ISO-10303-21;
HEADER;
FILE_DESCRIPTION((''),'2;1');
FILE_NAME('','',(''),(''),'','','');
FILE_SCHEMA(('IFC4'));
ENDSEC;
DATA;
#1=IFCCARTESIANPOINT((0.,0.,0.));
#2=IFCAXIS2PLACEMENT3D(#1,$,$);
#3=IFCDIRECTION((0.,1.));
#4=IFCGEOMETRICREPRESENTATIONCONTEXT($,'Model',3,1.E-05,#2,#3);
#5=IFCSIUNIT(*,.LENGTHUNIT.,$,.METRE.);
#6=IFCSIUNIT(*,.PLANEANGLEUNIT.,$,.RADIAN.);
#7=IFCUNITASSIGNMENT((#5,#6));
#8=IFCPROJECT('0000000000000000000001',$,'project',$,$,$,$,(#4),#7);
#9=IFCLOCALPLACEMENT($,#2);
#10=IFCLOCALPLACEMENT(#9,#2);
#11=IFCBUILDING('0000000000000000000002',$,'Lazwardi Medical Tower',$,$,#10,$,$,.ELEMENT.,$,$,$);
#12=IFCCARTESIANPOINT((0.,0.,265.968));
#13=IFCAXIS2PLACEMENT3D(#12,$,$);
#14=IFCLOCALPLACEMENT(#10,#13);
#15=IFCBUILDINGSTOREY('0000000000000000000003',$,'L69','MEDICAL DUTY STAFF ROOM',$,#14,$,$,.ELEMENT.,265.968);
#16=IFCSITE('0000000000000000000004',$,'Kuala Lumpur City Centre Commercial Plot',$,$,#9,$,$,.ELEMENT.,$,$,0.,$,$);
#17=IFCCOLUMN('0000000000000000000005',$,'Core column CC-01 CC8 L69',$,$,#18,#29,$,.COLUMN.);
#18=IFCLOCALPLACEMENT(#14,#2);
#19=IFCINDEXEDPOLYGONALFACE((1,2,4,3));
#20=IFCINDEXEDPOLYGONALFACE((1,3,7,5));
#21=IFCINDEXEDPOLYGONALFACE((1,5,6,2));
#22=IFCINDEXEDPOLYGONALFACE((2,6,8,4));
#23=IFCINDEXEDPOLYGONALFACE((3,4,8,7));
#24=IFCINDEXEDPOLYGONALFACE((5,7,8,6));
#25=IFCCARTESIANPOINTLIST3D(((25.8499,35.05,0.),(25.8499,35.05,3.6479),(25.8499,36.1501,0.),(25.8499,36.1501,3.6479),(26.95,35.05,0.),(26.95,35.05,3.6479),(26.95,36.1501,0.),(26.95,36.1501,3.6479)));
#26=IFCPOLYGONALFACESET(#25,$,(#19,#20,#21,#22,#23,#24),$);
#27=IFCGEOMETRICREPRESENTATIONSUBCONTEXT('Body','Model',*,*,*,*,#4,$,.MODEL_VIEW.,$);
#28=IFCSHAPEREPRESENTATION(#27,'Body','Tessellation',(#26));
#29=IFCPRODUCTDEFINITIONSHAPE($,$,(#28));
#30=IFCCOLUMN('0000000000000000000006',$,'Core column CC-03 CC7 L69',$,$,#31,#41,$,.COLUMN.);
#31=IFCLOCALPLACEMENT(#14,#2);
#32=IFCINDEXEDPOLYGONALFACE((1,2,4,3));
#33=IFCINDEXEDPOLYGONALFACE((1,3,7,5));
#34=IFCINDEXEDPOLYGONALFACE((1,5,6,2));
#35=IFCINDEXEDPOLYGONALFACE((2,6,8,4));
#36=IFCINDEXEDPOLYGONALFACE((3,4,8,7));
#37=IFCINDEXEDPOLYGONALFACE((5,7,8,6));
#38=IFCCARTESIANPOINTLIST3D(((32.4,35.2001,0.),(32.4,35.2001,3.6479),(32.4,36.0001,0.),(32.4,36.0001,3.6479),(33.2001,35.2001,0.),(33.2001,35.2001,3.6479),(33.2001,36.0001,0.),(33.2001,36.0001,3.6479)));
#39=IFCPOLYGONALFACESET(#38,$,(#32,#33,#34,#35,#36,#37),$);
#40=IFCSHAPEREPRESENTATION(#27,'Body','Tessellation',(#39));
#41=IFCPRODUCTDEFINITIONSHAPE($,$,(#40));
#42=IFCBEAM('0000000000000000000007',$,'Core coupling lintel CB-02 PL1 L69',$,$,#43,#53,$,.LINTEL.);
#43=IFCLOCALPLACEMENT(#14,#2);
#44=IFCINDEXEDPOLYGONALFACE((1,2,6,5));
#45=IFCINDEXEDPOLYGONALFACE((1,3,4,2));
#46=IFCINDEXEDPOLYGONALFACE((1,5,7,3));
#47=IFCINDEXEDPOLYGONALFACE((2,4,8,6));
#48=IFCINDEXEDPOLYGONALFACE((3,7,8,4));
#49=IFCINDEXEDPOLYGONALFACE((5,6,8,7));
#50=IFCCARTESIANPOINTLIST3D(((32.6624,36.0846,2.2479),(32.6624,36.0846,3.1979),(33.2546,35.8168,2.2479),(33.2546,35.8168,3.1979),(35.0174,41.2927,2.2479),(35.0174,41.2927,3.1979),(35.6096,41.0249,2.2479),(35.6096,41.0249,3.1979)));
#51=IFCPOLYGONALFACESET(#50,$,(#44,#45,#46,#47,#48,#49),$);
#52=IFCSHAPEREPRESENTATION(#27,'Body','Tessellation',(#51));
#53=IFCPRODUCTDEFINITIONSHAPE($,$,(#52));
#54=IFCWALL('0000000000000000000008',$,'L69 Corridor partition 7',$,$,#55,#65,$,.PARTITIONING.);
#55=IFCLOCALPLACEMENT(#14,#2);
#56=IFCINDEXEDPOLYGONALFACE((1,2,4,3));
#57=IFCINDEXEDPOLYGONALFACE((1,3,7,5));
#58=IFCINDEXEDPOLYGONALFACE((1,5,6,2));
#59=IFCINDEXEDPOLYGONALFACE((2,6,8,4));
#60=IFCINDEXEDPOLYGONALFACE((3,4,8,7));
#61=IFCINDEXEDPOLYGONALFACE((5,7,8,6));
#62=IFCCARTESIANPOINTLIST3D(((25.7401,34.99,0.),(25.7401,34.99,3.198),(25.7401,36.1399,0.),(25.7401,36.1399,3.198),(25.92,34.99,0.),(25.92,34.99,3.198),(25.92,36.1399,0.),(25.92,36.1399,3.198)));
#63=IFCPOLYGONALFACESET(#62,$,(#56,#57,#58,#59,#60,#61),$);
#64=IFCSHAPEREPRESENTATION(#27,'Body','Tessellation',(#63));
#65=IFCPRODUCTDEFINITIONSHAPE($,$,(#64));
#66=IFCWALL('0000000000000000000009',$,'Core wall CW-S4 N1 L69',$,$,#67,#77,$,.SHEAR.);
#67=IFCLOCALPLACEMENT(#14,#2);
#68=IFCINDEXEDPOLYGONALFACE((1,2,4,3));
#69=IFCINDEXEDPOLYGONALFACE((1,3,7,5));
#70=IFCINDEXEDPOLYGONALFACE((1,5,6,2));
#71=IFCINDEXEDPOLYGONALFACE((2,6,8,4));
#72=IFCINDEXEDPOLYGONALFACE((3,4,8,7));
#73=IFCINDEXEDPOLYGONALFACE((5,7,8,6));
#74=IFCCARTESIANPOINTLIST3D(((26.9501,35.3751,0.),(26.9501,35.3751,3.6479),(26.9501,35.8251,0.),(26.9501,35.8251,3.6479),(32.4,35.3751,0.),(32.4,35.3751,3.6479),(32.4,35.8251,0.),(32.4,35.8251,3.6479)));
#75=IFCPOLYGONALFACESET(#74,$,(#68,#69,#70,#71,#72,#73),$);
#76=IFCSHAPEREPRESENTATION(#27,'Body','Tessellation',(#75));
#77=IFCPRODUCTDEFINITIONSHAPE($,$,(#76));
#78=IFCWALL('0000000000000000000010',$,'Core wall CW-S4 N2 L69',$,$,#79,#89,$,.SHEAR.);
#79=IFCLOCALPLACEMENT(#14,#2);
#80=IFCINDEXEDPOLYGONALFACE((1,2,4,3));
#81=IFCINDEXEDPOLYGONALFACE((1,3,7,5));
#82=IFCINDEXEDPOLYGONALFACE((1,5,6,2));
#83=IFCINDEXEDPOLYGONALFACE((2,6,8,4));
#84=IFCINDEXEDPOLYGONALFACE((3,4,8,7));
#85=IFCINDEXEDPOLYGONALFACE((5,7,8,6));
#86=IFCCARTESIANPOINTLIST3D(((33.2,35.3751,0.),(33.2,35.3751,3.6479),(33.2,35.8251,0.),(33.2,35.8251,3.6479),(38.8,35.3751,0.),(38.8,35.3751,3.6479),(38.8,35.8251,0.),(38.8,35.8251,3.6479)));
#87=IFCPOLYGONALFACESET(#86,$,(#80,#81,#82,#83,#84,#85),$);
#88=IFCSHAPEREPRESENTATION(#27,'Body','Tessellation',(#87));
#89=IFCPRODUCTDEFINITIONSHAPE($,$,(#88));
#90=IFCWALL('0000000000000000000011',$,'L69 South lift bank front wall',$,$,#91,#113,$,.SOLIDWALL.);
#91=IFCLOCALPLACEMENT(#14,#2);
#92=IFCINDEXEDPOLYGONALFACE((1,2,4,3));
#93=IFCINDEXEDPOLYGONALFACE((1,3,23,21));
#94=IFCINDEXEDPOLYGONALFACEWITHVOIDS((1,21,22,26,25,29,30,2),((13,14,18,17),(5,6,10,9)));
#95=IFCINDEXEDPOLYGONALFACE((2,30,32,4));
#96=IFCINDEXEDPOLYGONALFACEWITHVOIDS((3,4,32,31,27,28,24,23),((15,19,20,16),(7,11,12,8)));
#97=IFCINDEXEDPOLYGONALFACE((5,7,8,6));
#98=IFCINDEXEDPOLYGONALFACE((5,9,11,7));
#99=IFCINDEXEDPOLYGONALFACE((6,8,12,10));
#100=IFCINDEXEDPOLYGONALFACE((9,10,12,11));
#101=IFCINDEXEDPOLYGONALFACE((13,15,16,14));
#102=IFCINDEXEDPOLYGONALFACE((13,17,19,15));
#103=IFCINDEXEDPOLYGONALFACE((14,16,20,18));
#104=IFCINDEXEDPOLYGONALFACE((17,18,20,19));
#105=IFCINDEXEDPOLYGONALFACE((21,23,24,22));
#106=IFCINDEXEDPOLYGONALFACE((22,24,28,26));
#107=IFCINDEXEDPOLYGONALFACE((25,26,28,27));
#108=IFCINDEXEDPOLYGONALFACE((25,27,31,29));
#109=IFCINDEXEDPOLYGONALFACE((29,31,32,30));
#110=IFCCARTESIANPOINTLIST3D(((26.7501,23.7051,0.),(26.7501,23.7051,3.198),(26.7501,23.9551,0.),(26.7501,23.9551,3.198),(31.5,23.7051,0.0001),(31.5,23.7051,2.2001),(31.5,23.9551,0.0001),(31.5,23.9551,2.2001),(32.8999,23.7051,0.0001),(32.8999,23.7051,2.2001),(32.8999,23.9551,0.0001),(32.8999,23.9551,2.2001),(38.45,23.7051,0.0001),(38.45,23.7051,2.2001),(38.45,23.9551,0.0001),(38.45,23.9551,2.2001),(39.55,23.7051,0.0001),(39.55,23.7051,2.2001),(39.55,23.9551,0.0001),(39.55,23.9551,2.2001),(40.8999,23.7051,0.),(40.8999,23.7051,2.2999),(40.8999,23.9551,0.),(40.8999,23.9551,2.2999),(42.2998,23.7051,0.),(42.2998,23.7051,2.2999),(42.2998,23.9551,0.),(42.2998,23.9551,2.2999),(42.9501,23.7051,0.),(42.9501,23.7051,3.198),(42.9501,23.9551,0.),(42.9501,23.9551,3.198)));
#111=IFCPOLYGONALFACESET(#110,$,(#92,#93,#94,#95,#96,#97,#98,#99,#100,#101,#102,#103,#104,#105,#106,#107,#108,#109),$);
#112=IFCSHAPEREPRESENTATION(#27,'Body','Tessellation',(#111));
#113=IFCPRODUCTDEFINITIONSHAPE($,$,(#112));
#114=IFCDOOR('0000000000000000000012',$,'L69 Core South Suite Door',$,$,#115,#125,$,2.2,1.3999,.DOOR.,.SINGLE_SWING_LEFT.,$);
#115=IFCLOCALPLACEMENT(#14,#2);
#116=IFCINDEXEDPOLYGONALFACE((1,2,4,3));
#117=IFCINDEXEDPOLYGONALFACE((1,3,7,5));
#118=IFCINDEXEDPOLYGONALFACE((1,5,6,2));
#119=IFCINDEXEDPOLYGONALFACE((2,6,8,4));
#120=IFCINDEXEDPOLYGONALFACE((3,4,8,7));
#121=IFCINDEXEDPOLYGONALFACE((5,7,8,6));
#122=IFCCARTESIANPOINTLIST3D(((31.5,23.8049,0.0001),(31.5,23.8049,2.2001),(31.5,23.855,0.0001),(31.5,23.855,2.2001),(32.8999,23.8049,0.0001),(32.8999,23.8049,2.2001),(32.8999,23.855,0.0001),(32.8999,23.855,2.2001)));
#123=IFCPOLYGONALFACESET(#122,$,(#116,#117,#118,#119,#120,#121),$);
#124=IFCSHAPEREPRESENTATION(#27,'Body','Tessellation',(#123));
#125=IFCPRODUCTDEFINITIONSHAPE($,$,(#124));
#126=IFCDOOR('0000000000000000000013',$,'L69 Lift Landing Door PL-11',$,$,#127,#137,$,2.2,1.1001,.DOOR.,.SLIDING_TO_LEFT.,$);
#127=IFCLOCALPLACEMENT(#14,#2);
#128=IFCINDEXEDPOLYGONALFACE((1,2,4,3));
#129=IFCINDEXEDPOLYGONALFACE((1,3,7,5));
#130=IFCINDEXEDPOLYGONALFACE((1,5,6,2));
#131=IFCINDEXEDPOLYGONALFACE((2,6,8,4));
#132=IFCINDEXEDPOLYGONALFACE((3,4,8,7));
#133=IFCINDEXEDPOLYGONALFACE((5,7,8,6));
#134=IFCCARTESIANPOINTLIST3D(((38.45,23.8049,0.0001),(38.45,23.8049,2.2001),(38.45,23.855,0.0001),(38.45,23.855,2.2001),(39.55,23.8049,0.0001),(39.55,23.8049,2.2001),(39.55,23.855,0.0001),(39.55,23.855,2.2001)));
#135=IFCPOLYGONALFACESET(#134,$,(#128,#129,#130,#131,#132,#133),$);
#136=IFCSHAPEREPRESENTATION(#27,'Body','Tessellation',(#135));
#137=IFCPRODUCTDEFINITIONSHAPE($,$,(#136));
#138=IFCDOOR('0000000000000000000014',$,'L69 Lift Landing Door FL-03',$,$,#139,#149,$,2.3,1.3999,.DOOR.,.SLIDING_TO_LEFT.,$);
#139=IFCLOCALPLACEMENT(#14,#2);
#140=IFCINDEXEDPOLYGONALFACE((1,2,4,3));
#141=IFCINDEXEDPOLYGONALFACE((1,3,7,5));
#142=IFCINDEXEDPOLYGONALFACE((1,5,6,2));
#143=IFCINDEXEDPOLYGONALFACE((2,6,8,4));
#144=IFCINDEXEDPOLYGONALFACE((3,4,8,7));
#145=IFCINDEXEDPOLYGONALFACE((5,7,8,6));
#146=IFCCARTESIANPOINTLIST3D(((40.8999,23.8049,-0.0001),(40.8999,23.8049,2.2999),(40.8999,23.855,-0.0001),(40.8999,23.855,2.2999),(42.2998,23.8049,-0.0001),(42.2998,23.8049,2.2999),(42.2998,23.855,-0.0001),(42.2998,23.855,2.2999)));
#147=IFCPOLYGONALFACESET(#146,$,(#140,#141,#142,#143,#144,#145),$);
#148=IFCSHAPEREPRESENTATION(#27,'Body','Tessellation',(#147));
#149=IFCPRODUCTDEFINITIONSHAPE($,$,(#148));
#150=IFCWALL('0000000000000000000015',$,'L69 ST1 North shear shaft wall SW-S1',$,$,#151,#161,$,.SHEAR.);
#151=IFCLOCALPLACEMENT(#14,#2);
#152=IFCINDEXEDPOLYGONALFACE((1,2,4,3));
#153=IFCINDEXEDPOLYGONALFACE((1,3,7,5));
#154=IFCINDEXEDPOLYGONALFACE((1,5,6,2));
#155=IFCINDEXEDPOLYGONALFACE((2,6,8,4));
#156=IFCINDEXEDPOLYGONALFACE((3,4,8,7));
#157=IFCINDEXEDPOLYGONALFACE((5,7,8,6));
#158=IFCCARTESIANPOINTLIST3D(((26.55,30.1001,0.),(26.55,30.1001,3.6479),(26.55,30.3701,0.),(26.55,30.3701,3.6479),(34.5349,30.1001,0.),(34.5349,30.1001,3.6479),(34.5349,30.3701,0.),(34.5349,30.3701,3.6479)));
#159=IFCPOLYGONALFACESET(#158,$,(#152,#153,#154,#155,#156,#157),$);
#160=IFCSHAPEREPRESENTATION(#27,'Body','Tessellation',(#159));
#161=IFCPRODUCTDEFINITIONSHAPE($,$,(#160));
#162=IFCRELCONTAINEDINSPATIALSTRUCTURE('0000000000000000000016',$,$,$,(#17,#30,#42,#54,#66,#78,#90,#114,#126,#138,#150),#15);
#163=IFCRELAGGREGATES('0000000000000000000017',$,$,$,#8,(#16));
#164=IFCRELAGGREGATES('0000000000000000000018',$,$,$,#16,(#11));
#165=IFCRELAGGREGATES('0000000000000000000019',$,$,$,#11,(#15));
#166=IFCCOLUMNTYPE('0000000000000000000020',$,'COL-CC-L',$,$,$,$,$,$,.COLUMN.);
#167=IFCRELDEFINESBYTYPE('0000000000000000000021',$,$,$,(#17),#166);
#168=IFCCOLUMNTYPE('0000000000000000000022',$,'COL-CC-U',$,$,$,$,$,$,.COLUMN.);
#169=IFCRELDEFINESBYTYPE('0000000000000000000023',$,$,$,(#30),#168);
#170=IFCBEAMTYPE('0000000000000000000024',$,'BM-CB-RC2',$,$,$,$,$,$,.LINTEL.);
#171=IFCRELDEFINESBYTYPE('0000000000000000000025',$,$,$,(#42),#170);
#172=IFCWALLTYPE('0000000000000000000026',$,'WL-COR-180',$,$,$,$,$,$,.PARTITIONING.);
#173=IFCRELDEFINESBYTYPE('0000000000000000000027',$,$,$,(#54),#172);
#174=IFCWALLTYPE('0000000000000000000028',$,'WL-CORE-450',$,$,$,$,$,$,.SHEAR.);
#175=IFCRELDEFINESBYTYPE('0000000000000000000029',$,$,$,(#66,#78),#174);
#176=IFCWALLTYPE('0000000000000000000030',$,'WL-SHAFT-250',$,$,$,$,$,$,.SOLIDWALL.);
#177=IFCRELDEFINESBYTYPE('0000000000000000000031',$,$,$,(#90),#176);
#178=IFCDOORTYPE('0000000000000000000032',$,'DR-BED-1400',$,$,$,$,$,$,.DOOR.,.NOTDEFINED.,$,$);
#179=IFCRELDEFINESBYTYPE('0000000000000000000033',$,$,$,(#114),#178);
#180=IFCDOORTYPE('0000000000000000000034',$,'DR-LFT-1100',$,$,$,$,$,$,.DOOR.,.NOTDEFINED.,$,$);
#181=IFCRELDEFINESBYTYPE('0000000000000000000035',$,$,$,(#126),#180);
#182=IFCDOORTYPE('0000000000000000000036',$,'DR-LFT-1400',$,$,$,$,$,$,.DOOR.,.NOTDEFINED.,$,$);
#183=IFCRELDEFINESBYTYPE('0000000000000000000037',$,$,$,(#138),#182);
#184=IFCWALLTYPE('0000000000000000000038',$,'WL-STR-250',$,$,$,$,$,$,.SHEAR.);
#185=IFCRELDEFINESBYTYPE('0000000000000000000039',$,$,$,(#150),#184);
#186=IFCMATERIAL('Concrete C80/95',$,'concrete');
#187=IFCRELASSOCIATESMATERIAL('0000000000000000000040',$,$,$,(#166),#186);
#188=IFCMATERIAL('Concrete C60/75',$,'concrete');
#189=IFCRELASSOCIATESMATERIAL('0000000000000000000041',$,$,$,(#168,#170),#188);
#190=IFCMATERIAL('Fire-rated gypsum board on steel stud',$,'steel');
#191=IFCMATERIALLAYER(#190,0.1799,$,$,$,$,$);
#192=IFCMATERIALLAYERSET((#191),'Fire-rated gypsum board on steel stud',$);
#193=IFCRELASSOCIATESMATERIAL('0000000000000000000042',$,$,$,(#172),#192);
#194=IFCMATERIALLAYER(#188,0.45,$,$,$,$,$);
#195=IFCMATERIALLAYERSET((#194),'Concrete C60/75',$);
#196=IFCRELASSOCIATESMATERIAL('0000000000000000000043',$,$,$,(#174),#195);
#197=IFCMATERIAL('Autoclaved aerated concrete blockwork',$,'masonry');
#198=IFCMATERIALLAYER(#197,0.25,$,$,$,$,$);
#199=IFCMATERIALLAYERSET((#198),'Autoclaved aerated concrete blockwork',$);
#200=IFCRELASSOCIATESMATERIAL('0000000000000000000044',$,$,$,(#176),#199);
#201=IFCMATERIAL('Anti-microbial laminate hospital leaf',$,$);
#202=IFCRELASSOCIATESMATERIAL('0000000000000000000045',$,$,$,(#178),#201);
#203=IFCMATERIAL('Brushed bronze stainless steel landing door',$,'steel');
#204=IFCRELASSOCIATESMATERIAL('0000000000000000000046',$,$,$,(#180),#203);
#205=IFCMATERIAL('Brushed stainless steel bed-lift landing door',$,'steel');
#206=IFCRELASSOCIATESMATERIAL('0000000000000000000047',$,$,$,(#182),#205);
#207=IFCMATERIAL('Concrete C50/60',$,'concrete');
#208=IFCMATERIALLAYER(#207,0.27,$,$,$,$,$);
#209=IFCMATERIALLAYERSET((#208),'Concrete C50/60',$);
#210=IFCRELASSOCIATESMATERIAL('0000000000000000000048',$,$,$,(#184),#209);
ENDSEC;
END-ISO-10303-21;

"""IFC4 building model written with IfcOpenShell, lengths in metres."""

from ifc_helpers import new_model, si_unit, direction, frame, frame_2d, origin, origin_2d, place, context, subcontext, project, spatial, rectangle, extrude, material, layer, layer_set, material_profile, profile_set, type_object, element, fill, save


model = new_model("IFC4")

# Units and contexts
model_context = context("Model", 3, precision=1e-05, world=origin(), true_north=direction((0.0, 1.0)))
body_context = subcontext(model_context, "Body", "Model", "MODEL_VIEW")
ifc_project = project(units=[si_unit("LENGTHUNIT", "METRE"), si_unit("PLANEANGLEUNIT", "RADIAN")], contexts=[model_context])

# Site, building, storey
site_placement = place(None, origin())
site = spatial("IfcSite", under=ifc_project, at=site_placement, Name="Kuala Lumpur City Centre Commercial Plot", CompositionType="ELEMENT", RefElevation=0.0)
building_placement = place(site_placement, origin())
building = spatial("IfcBuilding", under=site, at=building_placement, Name="Lazwardi Medical Tower", CompositionType="ELEMENT")
storey_placement = place(building_placement, frame((0.0, 0.0, 265.968)))
storey = spatial("IfcBuildingStorey", under=building, at=storey_placement, Name="L69", Description="MEDICAL DUTY STAFF ROOM", CompositionType="ELEMENT", Elevation=265.968)

# Columns
ifc_material_1 = material(Name="Concrete C80/95", Category="concrete")
ifc_material_profile_1 = material_profile(ifc_material_1, rectangle(XDim=1.1001, YDim=1.1001, at=origin_2d()), Name="RC 1100x1100")
ifc_profile_set_1 = profile_set([ifc_material_profile_1], Name="Concrete C80/95")
column_type_1 = type_object("IfcColumnType", Name="COL-CC-L", PredefinedType="COLUMN", material=ifc_profile_set_1)
column_1_placement = place(storey_placement, frame((26.3999, 35.6001, 0.0), z_axis=(0.0, 0.0, 1.0), x_axis=(1.0, 0.0, 0.0)))
element("IfcColumn", 1, at=column_1_placement, inside=storey, type_object=column_type_1, Name="Core column CC-01 CC8 L69", PredefinedType="COLUMN", context=body_context, shape_type="SweptSolid", body=[
    extrude(rectangle(XDim=1.1001, YDim=1.1001, at=origin_2d()), origin(), (0.0, 0.0, 1.0), 3.6479),
])
ifc_material_2 = material(Name="Concrete C60/75", Category="concrete")
ifc_material_profile_2 = material_profile(ifc_material_2, rectangle(XDim=0.8, YDim=0.8, at=origin_2d()), Name="RC 800x800")
ifc_profile_set_2 = profile_set([ifc_material_profile_2], Name="Concrete C60/75")
column_type_2 = type_object("IfcColumnType", Name="COL-CC-U", PredefinedType="COLUMN", material=ifc_profile_set_2)
column_2_placement = place(storey_placement, frame((32.8, 35.6001, 0.0), z_axis=(0.0, 0.0, 1.0), x_axis=(1.0, 0.0, 0.0)))
element("IfcColumn", 2, at=column_2_placement, inside=storey, type_object=column_type_2, Name="Core column CC-03 CC7 L69", PredefinedType="COLUMN", context=body_context, shape_type="SweptSolid", body=[
    extrude(rectangle(XDim=0.8, YDim=0.8, at=origin_2d()), origin(), (0.0, 0.0, 1.0), 3.6479),
])

# Beam
ifc_material_profile_3 = material_profile(ifc_material_2, rectangle(XDim=0.6499, YDim=0.95, at=origin_2d()), Name="RC 650x950")
ifc_profile_set_3 = profile_set([ifc_material_profile_3], Name="Concrete C60/75")
beam_type = type_object("IfcBeamType", Name="BM-CB-RC2", PredefinedType="LINTEL", material=ifc_profile_set_3)
beam_placement = place(storey_placement, frame((32.9585, 35.9507, 2.7229), z_axis=(0.412019, 0.911175, 0.0), x_axis=(-0.911175, 0.412019, 0.0)))
element("IfcBeam", 3, at=beam_placement, inside=storey, type_object=beam_type, Name="Core coupling lintel CB-02 PL1 L69", PredefinedType="LINTEL", context=body_context, shape_type="SweptSolid", body=[
    extrude(rectangle(XDim=0.6499, YDim=0.95, at=origin_2d()), origin(), (0.0, 0.0, 1.0), 5.7158),
])

# Walls
ifc_material_3 = material(Name="Fire-rated gypsum board on steel stud", Category="steel")
ifc_layer_1 = layer(ifc_material_3, 0.1799)
ifc_layer_set_1 = layer_set([ifc_layer_1], Name="Fire-rated gypsum board on steel stud")
wall_type_1 = type_object("IfcWallType", Name="WL-COR-180", PredefinedType="PARTITIONING", material=ifc_layer_set_1)
wall_1_placement = place(storey_placement, frame((25.8301, 36.1399, 0.0), z_axis=(0.0, 0.0, 1.0), x_axis=(0.0, -1.0, 0.0)))
element("IfcWall", 4, at=wall_1_placement, inside=storey, type_object=wall_type_1, Name="L69 Corridor partition 7", PredefinedType="PARTITIONING", context=body_context, shape_type="SweptSolid", body=[
    extrude(rectangle(XDim=1.1499, YDim=0.1799, at=frame_2d((0.575, 0.0))), origin(), (0.0, 0.0, 1.0), 3.198),
])
ifc_layer_2 = layer(ifc_material_2, 0.45)
ifc_layer_set_2 = layer_set([ifc_layer_2], Name="Concrete C60/75")
wall_type_2 = type_object("IfcWallType", Name="WL-CORE-450", PredefinedType="SHEAR", material=ifc_layer_set_2)
wall_2_placement = place(storey_placement, frame((26.95, 35.6001, 0.0), z_axis=(0.0, 0.0, 1.0), x_axis=(1.0, 0.0, 0.0)))
element("IfcWall", 5, at=wall_2_placement, inside=storey, type_object=wall_type_2, Name="Core wall CW-S4 N1 L69", PredefinedType="SHEAR", context=body_context, shape_type="SweptSolid", body=[
    extrude(rectangle(XDim=5.45, YDim=0.45, at=frame_2d((2.7251, 0.0))), origin(), (0.0, 0.0, 1.0), 3.6479),
])
wall_3_placement = place(storey_placement, frame((33.2, 35.6001, 0.0), z_axis=(0.0, 0.0, 1.0), x_axis=(1.0, 0.0, 0.0)))
element("IfcWall", 6, at=wall_3_placement, inside=storey, type_object=wall_type_2, Name="Core wall CW-S4 N2 L69", PredefinedType="SHEAR", context=body_context, shape_type="SweptSolid", body=[
    extrude(rectangle(XDim=5.6001, YDim=0.45, at=frame_2d((2.8, 0.0))), origin(), (0.0, 0.0, 1.0), 3.6479),
])

# Wall, openings, doors
ifc_material_4 = material(Name="Autoclaved aerated concrete blockwork", Category="masonry")
ifc_layer_3 = layer(ifc_material_4, 0.25)
ifc_layer_set_3 = layer_set([ifc_layer_3], Name="Autoclaved aerated concrete blockwork")
wall_type_3 = type_object("IfcWallType", Name="WL-SHAFT-250", PredefinedType="SOLIDWALL", material=ifc_layer_set_3)
wall_4_placement = place(storey_placement, frame((26.75, 23.8301, 0.0), z_axis=(0.0, 0.0, 1.0), x_axis=(1.0, 0.0, 0.0)))
wall_4 = element("IfcWall", 7, at=wall_4_placement, inside=storey, type_object=wall_type_3, Name="L69 South lift bank front wall", PredefinedType="SOLIDWALL", context=body_context, shape_type="SweptSolid", body=[
    extrude(rectangle(XDim=16.2, YDim=0.25, at=frame_2d((8.1001, 0.0))), origin(), (0.0, 0.0, 1.0), 3.198),
])
opening_1_placement = place(wall_4_placement, frame((4.75, 0.0, 0.0)))
opening_1 = element("IfcOpeningElement", 8, at=opening_1_placement, cuts=wall_4, PredefinedType="OPENING", context=body_context, shape_type="SweptSolid", body=[
    extrude(rectangle(XDim=1.3999, YDim=2.2, at=frame_2d((0.7, 1.1001))), frame((0.0, 0.135, 0.0), z_axis=(0.0, -1.0, 0.0), x_axis=(1.0, 0.0, 0.0)), (0.0, 0.0, 1.0), 0.27),
])
opening_2_placement = place(wall_4_placement, frame((11.7, 0.0, 0.0)))
opening_2 = element("IfcOpeningElement", 9, at=opening_2_placement, cuts=wall_4, PredefinedType="OPENING", context=body_context, shape_type="SweptSolid", body=[
    extrude(rectangle(XDim=1.1001, YDim=2.2, at=frame_2d((0.55, 1.1001))), frame((0.0, 0.135, 0.0), z_axis=(0.0, -1.0, 0.0), x_axis=(1.0, 0.0, 0.0)), (0.0, 0.0, 1.0), 0.27),
])
opening_3_placement = place(wall_4_placement, frame((14.1499, 0.0, 0.0)))
opening_3 = element("IfcOpeningElement", 10, at=opening_3_placement, cuts=wall_4, PredefinedType="OPENING", context=body_context, shape_type="SweptSolid", body=[
    extrude(rectangle(XDim=1.3999, YDim=2.3, at=frame_2d((0.7, 1.1499))), frame((0.0, 0.135, 0.0), z_axis=(0.0, -1.0, 0.0), x_axis=(1.0, 0.0, 0.0)), (0.0, 0.0, 1.0), 0.27),
])
ifc_material_5 = material(Name="Anti-microbial laminate hospital leaf")
door_type_1 = type_object("IfcDoorType", Name="DR-BED-1400", OperationType="NOTDEFINED", PredefinedType="DOOR", material=ifc_material_5)
door_1_placement = place(opening_1_placement, origin())
door_1 = element("IfcDoor", 11, at=door_1_placement, inside=storey, type_object=door_type_1, Name="L69 Core South Suite Door", OperationType="SINGLE_SWING_LEFT", OverallHeight=2.2, OverallWidth=1.3999, PredefinedType="DOOR", context=body_context, shape_type="SweptSolid", body=[
    extrude(rectangle(XDim=1.3999, YDim=2.2, at=frame_2d((0.7, 1.1001))), frame((0.0, 0.0249, 0.0), z_axis=(0.0, -1.0, 0.0), x_axis=(1.0, 0.0, 0.0)), (0.0, 0.0, 1.0), 0.05),
])
fill(opening_1, door_1)
ifc_material_6 = material(Name="Brushed bronze stainless steel landing door", Category="steel")
door_type_2 = type_object("IfcDoorType", Name="DR-LFT-1100", OperationType="NOTDEFINED", PredefinedType="DOOR", material=ifc_material_6)
door_2_placement = place(opening_2_placement, origin())
door_2 = element("IfcDoor", 12, at=door_2_placement, inside=storey, type_object=door_type_2, Name="L69 Lift Landing Door PL-11", OperationType="SLIDING_TO_LEFT", OverallHeight=2.2, OverallWidth=1.1001, PredefinedType="DOOR", context=body_context, shape_type="SweptSolid", body=[
    extrude(rectangle(XDim=1.1001, YDim=2.2, at=frame_2d((0.55, 1.1001))), frame((0.0, 0.0249, 0.0), z_axis=(0.0, -1.0, 0.0), x_axis=(1.0, 0.0, 0.0)), (0.0, 0.0, 1.0), 0.05),
])
fill(opening_2, door_2)
ifc_material_7 = material(Name="Brushed stainless steel bed-lift landing door", Category="steel")
door_type_3 = type_object("IfcDoorType", Name="DR-LFT-1400", OperationType="NOTDEFINED", PredefinedType="DOOR", material=ifc_material_7)
door_3_placement = place(opening_3_placement, origin())
door_3 = element("IfcDoor", 13, at=door_3_placement, inside=storey, type_object=door_type_3, Name="L69 Lift Landing Door FL-03", OperationType="SLIDING_TO_LEFT", OverallHeight=2.3, OverallWidth=1.3999, PredefinedType="DOOR", context=body_context, shape_type="SweptSolid", body=[
    extrude(rectangle(XDim=1.3999, YDim=2.3, at=frame_2d((0.7, 1.1499))), frame((0.0, 0.0249, 0.0), z_axis=(0.0, -1.0, 0.0), x_axis=(1.0, 0.0, 0.0)), (0.0, 0.0, 1.0), 0.05),
])
fill(opening_3, door_3)

# Wall
ifc_material_8 = material(Name="Concrete C50/60", Category="concrete")
ifc_layer_4 = layer(ifc_material_8, 0.27)
ifc_layer_set_4 = layer_set([ifc_layer_4], Name="Concrete C50/60")
wall_type_4 = type_object("IfcWallType", Name="WL-STR-250", PredefinedType="SHEAR", material=ifc_layer_set_4)
wall_5_placement = place(storey_placement, frame((26.55, 30.2351, 0.0), z_axis=(0.0, 0.0, 1.0), x_axis=(1.0, 0.0, 0.0)))
element("IfcWall", 14, at=wall_5_placement, inside=storey, type_object=wall_type_4, Name="L69 ST1 North shear shaft wall SW-S1", PredefinedType="SHEAR", context=body_context, shape_type="SweptSolid", body=[
    extrude(rectangle(XDim=7.9849, YDim=0.27, at=frame_2d((3.9924, 0.0))), origin(), (0.0, 0.0, 1.0), 3.6479),
])

save(model, "model.ifc")
